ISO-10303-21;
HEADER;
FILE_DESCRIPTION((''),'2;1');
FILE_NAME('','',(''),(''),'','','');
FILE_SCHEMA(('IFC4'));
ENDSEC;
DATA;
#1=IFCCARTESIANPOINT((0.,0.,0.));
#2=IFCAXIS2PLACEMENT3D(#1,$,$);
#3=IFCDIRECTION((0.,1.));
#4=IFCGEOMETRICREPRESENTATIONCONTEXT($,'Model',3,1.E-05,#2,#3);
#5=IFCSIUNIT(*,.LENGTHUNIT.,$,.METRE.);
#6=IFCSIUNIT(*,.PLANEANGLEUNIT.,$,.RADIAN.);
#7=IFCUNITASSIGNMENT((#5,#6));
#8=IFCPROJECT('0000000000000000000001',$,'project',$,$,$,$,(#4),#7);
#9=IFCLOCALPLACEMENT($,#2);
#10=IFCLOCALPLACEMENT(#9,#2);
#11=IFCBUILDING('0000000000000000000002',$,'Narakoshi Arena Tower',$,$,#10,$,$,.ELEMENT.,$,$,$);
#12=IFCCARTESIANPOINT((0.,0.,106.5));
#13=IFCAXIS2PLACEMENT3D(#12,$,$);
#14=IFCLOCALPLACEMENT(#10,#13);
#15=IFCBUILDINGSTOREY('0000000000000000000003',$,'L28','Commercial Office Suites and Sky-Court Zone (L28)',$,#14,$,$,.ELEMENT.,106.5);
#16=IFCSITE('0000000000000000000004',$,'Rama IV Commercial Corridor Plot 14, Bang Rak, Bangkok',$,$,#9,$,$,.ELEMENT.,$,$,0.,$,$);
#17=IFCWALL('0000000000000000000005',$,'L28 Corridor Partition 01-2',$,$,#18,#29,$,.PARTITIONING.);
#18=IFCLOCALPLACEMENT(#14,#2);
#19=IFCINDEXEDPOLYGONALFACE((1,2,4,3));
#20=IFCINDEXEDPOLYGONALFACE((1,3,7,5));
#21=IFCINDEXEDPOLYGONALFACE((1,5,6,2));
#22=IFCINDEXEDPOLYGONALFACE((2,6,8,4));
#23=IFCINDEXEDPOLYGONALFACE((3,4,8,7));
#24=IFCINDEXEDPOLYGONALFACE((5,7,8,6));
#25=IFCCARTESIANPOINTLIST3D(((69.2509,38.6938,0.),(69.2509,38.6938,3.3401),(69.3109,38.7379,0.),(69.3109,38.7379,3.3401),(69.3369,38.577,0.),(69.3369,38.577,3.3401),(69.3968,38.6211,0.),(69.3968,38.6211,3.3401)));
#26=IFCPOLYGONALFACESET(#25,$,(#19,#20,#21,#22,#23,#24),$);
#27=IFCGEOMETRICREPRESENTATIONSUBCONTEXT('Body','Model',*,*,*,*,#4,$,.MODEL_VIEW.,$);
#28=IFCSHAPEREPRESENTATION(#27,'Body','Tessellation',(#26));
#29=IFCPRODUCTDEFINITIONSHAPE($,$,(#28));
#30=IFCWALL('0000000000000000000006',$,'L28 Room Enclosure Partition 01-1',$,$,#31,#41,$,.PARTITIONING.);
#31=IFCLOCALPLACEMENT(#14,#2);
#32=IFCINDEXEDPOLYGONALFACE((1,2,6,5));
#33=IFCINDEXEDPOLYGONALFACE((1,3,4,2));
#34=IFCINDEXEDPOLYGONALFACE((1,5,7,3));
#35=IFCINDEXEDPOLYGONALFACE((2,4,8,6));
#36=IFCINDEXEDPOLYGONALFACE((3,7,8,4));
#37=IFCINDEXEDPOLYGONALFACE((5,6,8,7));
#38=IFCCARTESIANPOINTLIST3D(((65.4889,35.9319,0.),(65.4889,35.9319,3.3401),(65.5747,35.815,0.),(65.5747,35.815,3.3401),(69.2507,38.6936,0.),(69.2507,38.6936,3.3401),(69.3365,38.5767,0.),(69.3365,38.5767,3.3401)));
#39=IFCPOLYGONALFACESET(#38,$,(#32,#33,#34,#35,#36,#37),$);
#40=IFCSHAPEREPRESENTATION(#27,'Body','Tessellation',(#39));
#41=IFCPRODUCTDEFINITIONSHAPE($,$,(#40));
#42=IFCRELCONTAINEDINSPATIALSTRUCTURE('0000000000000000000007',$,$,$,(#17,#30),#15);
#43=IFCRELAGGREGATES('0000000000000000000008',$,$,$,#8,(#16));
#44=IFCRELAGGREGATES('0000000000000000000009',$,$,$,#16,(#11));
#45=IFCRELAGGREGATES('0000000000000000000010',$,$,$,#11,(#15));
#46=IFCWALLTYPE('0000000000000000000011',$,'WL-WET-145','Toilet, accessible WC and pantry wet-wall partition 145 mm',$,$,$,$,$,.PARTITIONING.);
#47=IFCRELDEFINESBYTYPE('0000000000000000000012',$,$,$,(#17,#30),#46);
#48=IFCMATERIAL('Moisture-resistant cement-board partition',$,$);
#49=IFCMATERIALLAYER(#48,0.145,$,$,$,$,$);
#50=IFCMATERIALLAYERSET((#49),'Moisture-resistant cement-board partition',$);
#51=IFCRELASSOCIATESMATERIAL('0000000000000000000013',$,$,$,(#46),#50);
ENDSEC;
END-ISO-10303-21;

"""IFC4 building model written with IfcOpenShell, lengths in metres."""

from ifc_helpers import new_model, si_unit, direction, frame, frame_2d, origin, place, context, subcontext, project, spatial, rectangle, extrude, material, layer, layer_set, type_object, element, save


model = new_model("IFC4")

# Units and contexts
model_context = context("Model", 3, precision=1e-05, world=origin(), true_north=direction((0.0, 1.0)))
body_context = subcontext(model_context, "Body", "Model", "MODEL_VIEW")
ifc_project = project(units=[si_unit("LENGTHUNIT", "METRE"), si_unit("PLANEANGLEUNIT", "RADIAN")], contexts=[model_context])

# Site, building, storey
site_placement = place(None, origin())
site = spatial("IfcSite", under=ifc_project, at=site_placement, Name="Rama IV Commercial Corridor Plot 14, Bang Rak, Bangkok", CompositionType="ELEMENT", RefElevation=0.0)
building_placement = place(site_placement, origin())
building = spatial("IfcBuilding", under=site, at=building_placement, Name="Narakoshi Arena Tower", CompositionType="ELEMENT")
storey_placement = place(building_placement, frame((0.0, 0.0, 106.5)))
storey = spatial("IfcBuildingStorey", under=building, at=storey_placement, Name="L28", Description="Commercial Office Suites and Sky-Court Zone (L28)", CompositionType="ELEMENT", Elevation=106.5)

# Shared definitions
ifc_material_1 = material(Name="Moisture-resistant cement-board partition")
ifc_layer_1 = layer(ifc_material_1, 0.145)
ifc_layer_set_1 = layer_set([ifc_layer_1], Name="Moisture-resistant cement-board partition")
wall_type_1 = type_object("IfcWallType", Name="WL-WET-145", Description="Toilet, accessible WC and pantry wet-wall partition 145 mm", PredefinedType="PARTITIONING", material=ifc_layer_set_1)

# Walls
wall_1_placement = place(storey_placement, frame((69.3538, 38.6794, 0.0), z_axis=(0.0, 0.0, 1.0), x_axis=(-0.805467, -0.59264, 0.0)))
element("IfcWall", 1, at=wall_1_placement, inside=storey, type_object=wall_type_1, Name="L28 Corridor Partition 01-2", PredefinedType="PARTITIONING", context=body_context, shape_type="SweptSolid", body=[
    extrude(rectangle(XDim=0.0745, YDim=0.145, at=frame_2d((0.0371, 0.0))), origin(), (0.0, 0.0, 1.0), 3.3401),
])
wall_2_placement = place(storey_placement, frame((69.2937, 38.6353, 0.0), z_axis=(0.0, 0.0, 1.0), x_axis=(-0.806086, -0.591799, 0.0)))
element("IfcWall", 2, at=wall_2_placement, inside=storey, type_object=wall_type_1, Name="L28 Room Enclosure Partition 01-1", PredefinedType="PARTITIONING", context=body_context, shape_type="SweptSolid", body=[
    extrude(rectangle(XDim=4.6667, YDim=0.145, at=frame_2d((2.3335, 0.0))), origin(), (0.0, 0.0, 1.0), 3.3401),
])

save(model, "model.ifc")
